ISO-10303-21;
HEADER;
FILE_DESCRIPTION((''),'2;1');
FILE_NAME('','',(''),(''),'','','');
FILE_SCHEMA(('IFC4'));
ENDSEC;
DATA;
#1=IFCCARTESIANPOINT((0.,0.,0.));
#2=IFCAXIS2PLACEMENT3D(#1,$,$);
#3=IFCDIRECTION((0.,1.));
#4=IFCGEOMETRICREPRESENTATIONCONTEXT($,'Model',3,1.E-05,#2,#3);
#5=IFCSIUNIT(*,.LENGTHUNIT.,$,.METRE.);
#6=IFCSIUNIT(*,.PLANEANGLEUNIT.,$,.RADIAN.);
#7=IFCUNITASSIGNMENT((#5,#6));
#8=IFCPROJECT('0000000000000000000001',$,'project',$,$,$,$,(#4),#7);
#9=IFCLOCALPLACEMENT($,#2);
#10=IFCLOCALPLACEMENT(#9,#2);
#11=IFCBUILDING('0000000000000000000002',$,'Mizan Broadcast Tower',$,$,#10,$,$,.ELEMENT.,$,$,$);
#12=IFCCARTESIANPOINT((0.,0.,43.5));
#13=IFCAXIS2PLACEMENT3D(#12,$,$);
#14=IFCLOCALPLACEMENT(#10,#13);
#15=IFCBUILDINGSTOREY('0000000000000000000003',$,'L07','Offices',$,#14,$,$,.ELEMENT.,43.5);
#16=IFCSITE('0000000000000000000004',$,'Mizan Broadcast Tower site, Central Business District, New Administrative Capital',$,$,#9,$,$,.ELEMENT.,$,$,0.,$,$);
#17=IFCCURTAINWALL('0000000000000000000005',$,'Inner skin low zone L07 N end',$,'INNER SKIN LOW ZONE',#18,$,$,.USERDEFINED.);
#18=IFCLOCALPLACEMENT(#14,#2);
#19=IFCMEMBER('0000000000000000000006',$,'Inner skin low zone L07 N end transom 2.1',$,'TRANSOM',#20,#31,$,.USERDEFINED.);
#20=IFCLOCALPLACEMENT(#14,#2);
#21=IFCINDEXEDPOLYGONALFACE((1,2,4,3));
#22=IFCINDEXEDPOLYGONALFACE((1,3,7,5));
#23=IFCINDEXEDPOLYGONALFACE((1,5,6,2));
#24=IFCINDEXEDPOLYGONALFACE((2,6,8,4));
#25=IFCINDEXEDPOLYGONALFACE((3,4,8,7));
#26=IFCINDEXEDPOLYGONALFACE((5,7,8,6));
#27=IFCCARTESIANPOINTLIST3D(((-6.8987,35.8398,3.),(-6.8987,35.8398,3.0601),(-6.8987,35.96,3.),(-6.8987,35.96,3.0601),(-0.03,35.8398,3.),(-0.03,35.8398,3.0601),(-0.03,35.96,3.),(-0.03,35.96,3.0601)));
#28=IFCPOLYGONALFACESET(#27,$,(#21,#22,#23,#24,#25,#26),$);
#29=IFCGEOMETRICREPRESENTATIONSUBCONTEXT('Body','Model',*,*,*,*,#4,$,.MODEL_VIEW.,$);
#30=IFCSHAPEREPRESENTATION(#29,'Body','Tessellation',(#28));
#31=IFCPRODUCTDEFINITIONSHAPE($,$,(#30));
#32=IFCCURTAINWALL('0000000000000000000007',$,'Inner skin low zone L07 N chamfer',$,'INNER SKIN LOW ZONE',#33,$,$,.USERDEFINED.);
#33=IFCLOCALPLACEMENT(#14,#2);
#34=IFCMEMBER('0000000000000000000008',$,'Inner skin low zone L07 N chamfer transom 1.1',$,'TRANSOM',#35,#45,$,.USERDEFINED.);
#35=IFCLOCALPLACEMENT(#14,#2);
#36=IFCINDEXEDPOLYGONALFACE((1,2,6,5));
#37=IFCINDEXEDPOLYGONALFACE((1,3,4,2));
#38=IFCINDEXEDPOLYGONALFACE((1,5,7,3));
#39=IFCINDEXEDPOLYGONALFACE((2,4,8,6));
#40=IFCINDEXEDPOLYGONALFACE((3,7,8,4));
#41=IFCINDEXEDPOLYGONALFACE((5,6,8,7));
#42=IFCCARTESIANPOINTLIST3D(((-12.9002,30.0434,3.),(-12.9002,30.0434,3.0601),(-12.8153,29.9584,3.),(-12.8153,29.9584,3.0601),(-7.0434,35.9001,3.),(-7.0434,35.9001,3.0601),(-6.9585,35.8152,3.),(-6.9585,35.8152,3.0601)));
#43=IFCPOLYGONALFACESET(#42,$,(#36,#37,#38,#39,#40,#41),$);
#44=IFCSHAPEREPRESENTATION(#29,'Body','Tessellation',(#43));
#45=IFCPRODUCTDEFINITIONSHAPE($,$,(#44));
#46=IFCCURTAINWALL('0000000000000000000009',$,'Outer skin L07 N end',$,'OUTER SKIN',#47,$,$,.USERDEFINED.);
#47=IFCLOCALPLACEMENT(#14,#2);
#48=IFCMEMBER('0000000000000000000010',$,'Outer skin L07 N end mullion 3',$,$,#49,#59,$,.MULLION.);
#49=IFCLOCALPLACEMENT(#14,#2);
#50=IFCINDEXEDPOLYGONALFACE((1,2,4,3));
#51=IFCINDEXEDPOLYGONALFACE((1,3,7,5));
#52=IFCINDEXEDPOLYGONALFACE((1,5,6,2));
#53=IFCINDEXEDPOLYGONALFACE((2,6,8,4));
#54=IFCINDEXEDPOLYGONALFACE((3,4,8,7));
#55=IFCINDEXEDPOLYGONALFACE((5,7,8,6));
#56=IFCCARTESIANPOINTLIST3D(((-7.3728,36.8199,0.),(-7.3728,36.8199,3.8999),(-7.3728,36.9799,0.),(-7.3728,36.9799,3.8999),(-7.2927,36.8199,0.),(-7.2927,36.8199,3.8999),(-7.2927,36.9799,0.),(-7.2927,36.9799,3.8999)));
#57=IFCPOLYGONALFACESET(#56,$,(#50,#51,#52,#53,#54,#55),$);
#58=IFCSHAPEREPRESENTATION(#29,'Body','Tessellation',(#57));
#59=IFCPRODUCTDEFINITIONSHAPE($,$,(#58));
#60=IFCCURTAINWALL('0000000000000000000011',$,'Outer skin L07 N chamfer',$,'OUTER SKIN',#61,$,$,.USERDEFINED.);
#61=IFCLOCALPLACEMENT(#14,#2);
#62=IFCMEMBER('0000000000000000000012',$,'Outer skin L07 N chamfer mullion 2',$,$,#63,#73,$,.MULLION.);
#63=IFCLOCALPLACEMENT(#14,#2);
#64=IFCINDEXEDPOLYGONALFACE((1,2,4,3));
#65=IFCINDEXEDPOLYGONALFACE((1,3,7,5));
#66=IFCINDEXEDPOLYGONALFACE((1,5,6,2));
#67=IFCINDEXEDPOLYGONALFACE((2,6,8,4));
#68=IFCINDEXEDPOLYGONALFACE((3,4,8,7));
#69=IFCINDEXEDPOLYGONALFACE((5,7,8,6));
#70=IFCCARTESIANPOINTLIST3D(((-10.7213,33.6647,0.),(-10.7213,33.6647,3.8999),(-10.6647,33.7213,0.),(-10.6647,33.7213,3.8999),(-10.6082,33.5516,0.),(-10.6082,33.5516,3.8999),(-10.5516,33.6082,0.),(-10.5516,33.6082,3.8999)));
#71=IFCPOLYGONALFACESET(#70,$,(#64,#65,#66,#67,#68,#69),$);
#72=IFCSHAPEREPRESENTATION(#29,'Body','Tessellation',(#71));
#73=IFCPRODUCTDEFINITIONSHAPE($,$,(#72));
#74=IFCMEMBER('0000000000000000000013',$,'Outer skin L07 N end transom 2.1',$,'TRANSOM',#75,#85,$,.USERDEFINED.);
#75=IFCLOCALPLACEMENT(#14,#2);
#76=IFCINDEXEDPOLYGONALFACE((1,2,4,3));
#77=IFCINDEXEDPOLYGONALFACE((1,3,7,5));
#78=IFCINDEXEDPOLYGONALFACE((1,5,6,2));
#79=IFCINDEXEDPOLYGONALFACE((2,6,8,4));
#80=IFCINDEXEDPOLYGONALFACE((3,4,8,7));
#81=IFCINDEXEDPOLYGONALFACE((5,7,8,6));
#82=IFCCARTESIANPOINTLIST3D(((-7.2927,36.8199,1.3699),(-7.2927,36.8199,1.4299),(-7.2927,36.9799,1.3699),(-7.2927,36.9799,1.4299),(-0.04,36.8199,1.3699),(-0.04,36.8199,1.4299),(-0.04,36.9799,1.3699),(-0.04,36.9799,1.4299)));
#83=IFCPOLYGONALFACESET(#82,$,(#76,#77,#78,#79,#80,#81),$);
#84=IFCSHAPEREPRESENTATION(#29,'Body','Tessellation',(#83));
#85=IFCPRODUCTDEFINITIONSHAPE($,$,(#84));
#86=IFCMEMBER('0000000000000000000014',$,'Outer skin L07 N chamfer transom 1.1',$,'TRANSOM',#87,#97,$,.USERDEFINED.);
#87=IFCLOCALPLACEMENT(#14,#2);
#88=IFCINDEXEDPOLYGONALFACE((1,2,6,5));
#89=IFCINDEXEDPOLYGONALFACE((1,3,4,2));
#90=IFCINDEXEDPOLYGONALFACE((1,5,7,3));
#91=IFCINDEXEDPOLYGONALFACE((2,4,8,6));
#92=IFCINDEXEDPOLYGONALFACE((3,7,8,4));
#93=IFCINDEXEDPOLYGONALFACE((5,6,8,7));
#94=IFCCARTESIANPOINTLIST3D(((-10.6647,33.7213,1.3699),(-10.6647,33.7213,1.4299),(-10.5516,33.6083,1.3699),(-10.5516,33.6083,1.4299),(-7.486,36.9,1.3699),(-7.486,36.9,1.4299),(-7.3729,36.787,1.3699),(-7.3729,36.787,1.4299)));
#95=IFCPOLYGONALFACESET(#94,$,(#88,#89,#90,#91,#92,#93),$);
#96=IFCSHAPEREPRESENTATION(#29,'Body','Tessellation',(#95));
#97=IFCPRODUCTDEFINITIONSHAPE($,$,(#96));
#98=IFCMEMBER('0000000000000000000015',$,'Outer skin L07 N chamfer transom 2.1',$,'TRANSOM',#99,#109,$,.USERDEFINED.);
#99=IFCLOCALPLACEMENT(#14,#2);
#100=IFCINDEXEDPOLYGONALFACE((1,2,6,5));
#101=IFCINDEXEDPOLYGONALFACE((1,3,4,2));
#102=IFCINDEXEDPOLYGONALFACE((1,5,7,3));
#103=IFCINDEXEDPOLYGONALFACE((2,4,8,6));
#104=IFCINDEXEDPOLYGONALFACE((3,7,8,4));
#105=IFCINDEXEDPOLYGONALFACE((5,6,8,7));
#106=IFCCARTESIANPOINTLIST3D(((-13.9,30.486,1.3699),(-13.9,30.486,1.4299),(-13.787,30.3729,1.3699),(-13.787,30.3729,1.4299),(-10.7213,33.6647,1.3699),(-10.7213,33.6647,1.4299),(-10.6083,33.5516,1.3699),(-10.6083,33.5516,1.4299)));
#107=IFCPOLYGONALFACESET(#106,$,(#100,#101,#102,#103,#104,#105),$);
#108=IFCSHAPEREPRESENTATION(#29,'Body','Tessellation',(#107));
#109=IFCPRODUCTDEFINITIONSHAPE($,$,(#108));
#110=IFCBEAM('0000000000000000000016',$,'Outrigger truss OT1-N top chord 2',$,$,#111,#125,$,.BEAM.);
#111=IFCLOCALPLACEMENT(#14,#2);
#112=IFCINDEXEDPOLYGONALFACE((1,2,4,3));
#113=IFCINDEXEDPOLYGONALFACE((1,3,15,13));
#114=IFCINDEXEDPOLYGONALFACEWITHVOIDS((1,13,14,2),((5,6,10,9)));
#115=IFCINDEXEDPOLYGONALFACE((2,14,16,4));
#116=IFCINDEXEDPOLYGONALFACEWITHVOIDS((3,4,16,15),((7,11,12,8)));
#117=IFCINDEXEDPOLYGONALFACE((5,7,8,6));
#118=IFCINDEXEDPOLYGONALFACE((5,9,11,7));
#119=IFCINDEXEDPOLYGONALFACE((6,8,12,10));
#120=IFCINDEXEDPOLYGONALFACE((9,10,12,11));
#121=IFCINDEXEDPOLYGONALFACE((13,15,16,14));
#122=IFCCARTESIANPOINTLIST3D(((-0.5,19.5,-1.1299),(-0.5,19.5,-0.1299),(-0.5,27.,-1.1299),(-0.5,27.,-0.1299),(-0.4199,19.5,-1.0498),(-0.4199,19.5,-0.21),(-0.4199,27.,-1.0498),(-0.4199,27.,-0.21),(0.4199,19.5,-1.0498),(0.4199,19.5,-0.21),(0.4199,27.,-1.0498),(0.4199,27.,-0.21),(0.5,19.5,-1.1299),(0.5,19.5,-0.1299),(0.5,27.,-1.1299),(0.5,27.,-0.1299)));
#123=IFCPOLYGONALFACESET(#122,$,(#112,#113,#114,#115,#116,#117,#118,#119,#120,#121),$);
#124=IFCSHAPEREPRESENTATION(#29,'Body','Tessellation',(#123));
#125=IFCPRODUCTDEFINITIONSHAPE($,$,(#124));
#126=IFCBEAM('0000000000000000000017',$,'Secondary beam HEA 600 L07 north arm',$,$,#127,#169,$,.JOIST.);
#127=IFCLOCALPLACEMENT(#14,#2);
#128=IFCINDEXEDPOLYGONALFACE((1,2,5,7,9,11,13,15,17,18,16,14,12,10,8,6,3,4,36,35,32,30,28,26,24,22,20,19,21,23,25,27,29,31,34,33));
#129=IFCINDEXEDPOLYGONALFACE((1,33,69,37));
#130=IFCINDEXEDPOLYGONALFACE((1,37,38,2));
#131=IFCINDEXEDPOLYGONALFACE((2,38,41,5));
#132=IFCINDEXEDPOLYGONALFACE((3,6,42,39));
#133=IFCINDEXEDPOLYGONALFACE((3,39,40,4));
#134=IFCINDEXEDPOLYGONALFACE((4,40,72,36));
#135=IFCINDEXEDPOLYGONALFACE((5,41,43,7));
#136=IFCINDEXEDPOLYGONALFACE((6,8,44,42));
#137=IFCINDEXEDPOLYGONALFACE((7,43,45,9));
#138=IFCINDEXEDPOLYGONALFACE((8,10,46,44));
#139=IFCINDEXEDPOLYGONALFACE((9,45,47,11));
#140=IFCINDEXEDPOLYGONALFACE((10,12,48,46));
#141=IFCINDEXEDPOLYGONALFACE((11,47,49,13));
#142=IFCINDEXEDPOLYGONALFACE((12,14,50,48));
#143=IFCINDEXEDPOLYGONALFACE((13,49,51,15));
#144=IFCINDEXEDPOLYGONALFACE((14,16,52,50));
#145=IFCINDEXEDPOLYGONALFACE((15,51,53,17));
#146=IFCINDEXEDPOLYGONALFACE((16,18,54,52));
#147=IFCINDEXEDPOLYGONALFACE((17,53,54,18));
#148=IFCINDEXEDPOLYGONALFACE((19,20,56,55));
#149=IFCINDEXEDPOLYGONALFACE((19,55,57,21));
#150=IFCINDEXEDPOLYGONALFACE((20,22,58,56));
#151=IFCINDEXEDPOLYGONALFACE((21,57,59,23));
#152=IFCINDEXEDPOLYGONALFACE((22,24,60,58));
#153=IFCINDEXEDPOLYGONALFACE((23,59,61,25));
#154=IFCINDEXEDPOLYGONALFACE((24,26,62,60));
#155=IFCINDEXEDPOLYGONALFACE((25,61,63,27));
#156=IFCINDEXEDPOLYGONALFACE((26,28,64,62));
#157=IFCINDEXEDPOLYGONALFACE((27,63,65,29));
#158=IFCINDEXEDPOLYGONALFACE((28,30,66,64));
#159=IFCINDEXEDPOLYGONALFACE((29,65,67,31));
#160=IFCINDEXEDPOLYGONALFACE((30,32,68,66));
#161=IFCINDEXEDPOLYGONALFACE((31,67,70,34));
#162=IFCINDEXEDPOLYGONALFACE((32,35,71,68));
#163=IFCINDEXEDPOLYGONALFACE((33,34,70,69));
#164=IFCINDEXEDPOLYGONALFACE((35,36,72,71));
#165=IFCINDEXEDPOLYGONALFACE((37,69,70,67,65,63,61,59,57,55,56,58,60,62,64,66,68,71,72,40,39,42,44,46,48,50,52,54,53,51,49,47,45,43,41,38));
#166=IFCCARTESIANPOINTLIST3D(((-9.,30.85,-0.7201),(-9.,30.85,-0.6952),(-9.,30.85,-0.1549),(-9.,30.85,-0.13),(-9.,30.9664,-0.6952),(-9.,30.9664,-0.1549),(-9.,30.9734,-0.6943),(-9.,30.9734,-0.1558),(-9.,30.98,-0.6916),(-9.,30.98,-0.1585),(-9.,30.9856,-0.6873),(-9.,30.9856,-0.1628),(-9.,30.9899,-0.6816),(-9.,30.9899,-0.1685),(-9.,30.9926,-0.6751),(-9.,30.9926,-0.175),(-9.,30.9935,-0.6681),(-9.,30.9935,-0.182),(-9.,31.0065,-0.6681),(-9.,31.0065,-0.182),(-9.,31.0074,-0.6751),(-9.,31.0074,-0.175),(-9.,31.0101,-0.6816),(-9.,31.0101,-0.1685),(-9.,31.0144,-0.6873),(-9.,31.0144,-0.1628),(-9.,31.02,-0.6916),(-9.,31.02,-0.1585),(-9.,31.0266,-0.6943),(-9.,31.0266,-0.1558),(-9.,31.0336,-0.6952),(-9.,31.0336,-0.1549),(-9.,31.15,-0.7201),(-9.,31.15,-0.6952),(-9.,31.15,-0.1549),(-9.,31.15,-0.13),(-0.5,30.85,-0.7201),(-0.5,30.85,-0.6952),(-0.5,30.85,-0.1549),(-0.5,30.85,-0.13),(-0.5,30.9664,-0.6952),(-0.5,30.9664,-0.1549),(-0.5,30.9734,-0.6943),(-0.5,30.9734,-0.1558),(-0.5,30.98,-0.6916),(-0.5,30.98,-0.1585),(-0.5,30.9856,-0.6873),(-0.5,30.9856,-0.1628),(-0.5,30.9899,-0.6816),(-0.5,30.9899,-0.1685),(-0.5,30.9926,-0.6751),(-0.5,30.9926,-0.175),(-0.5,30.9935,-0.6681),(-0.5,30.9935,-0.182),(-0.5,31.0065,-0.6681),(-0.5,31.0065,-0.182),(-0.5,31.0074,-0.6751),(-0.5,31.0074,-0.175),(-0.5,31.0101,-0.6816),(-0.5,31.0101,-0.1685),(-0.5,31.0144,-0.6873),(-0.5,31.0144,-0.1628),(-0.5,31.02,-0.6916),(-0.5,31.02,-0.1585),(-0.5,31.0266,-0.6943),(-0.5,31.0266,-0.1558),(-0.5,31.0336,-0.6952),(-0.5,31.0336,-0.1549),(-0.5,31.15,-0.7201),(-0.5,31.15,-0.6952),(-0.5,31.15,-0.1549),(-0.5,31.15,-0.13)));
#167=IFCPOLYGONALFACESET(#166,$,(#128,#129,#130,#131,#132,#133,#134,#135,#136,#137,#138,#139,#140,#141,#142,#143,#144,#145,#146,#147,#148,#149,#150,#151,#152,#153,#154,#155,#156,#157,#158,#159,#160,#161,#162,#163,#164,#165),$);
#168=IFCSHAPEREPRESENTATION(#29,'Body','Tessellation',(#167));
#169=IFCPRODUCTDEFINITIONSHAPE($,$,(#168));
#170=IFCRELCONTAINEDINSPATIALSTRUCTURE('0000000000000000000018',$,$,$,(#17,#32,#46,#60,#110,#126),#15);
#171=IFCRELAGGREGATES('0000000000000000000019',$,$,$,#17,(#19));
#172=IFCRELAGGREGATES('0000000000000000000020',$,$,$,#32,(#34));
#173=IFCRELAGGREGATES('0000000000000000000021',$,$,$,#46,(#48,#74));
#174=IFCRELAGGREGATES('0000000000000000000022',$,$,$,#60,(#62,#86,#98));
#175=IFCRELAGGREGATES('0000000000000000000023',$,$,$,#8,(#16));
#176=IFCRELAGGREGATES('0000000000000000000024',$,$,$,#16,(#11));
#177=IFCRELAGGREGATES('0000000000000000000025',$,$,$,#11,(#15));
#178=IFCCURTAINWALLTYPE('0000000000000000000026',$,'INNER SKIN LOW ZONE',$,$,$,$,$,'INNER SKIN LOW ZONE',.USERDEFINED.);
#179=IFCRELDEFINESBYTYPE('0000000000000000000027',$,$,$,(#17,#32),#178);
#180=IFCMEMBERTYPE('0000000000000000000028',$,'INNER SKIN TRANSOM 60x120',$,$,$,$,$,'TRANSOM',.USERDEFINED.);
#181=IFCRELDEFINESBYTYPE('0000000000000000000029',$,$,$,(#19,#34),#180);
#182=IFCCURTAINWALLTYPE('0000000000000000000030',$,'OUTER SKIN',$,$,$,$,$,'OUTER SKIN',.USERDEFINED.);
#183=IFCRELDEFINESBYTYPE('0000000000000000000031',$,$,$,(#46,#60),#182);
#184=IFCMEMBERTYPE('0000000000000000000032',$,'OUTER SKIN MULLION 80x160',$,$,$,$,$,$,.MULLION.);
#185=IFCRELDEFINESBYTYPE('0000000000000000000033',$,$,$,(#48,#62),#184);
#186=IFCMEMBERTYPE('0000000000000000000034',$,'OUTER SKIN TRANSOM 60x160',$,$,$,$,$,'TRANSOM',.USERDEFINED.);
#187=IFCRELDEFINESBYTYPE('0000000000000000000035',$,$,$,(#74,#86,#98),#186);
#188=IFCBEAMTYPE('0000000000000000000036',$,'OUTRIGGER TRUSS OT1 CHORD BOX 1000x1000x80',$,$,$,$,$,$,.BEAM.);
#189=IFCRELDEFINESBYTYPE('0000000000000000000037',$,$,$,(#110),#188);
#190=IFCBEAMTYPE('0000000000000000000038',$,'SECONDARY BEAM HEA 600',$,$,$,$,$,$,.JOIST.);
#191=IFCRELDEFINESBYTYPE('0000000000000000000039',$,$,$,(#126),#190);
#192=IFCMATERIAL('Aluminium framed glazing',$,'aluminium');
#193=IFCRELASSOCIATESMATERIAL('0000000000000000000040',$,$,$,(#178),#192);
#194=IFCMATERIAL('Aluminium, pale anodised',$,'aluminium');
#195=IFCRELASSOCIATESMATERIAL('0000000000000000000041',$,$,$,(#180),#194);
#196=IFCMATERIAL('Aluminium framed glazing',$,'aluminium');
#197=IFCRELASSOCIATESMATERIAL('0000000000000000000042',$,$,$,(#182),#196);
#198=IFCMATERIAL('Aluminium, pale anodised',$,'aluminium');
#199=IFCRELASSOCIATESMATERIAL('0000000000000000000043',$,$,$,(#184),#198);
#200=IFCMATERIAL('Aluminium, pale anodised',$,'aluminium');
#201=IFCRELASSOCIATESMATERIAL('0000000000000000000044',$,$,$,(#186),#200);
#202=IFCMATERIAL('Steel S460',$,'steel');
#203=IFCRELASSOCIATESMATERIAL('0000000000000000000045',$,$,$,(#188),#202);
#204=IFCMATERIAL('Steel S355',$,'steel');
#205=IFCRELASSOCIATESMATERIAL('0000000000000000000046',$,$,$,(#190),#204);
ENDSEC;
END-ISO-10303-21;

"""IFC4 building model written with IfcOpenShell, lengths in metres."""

from ifc_helpers import new_model, si_unit, direction, frame, origin, origin_2d, place, context, subcontext, project, spatial, rectangle, hollow_rectangle, i_section, extrude, material, material_profile, profile_set, type_object, element, aggregate, save


model = new_model("IFC4")

# Units and contexts
model_context = context("Model", 3, precision=1e-05, world=origin(), true_north=direction((0.0, 1.0)))
body_context = subcontext(model_context, "Body", "Model", "MODEL_VIEW")
ifc_project = project(units=[si_unit("LENGTHUNIT", "METRE"), si_unit("PLANEANGLEUNIT", "RADIAN")], contexts=[model_context])

# Site, building, storey
site_placement = place(None, origin())
site = spatial("IfcSite", under=ifc_project, at=site_placement, Name="Mizan Broadcast Tower site, Central Business District, New Administrative Capital", CompositionType="ELEMENT", RefElevation=0.0)
building_placement = place(site_placement, origin())
building = spatial("IfcBuilding", under=site, at=building_placement, Name="Mizan Broadcast Tower", CompositionType="ELEMENT")
storey_placement = place(building_placement, frame((0.0, 0.0, 43.5)))
storey = spatial("IfcBuildingStorey", under=building, at=storey_placement, Name="L07", Description="Offices", CompositionType="ELEMENT", Elevation=43.5)

# Curtain wall, member
ifc_material_1 = material(Name="Aluminium framed glazing", Category="aluminium")
curtain_wall_type_1 = type_object("IfcCurtainWallType", Name="INNER SKIN LOW ZONE", ElementType="INNER SKIN LOW ZONE", PredefinedType="USERDEFINED", material=ifc_material_1)
curtain_wall_1_placement = place(storey_placement, origin())
curtain_wall_1 = element("IfcCurtainWall", 1, at=curtain_wall_1_placement, inside=storey, type_object=curtain_wall_type_1, Name="Inner skin low zone L07 N end", ObjectType="INNER SKIN LOW ZONE", PredefinedType="USERDEFINED")
ifc_material_2 = material(Name="Aluminium, pale anodised", Category="aluminium")
ifc_material_profile_1 = material_profile(ifc_material_2, rectangle(XDim=0.1201, YDim=0.0601, at=origin_2d()), Name="TRANSOM 120x60")
ifc_profile_set_1 = profile_set([ifc_material_profile_1], Name="Aluminium, pale anodised")
member_type_1 = type_object("IfcMemberType", Name="INNER SKIN TRANSOM 60x120", ElementType="TRANSOM", PredefinedType="USERDEFINED", material=ifc_profile_set_1)
member_1_placement = place(storey_placement, frame((-0.03, 35.8999, 3.03), z_axis=(-1.0, 0.0, 0.0), x_axis=(0.0, -1.0, 0.0)))
member_1 = element("IfcMember", 2, at=member_1_placement, type_object=member_type_1, Name="Inner skin low zone L07 N end transom 2.1", ObjectType="TRANSOM", PredefinedType="USERDEFINED", context=body_context, shape_type="SweptSolid", body=[
    extrude(rectangle(XDim=0.1201, YDim=0.0601, at=origin_2d()), origin(), (0.0, 0.0, 1.0), 6.8687),
])

# Curtain walls, members
curtain_wall_2_placement = place(storey_placement, origin())
curtain_wall_2 = element("IfcCurtainWall", 3, at=curtain_wall_2_placement, inside=storey, type_object=curtain_wall_type_1, Name="Inner skin low zone L07 N chamfer", ObjectType="INNER SKIN LOW ZONE", PredefinedType="USERDEFINED")
member_2_placement = place(storey_placement, frame((-7.001, 35.8577, 3.03), z_axis=(-0.707107, -0.707107, 0.0), x_axis=(0.707107, -0.707107, 0.0)))
member_2 = element("IfcMember", 4, at=member_2_placement, type_object=member_type_1, Name="Inner skin low zone L07 N chamfer transom 1.1", ObjectType="TRANSOM", PredefinedType="USERDEFINED", context=body_context, shape_type="SweptSolid", body=[
    extrude(rectangle(XDim=0.1201, YDim=0.0601, at=origin_2d()), origin(), (0.0, 0.0, 1.0), 8.2827),
])
ifc_material_3 = material(Name="Aluminium framed glazing", Category="aluminium")
curtain_wall_type_2 = type_object("IfcCurtainWallType", Name="OUTER SKIN", ElementType="OUTER SKIN", PredefinedType="USERDEFINED", material=ifc_material_3)
curtain_wall_3_placement = place(storey_placement, origin())
curtain_wall_3 = element("IfcCurtainWall", 5, at=curtain_wall_3_placement, inside=storey, type_object=curtain_wall_type_2, Name="Outer skin L07 N end", ObjectType="OUTER SKIN", PredefinedType="USERDEFINED")
ifc_material_4 = material(Name="Aluminium, pale anodised", Category="aluminium")
ifc_material_profile_2 = material_profile(ifc_material_4, rectangle(XDim=0.1599, YDim=0.0801, at=origin_2d()), Name="MULLION 160x80")
ifc_profile_set_2 = profile_set([ifc_material_profile_2], Name="Aluminium, pale anodised")
member_type_2 = type_object("IfcMemberType", Name="OUTER SKIN MULLION 80x160", PredefinedType="MULLION", material=ifc_profile_set_2)
member_3_placement = place(storey_placement, frame((-7.3328, 36.8999, 0.0), z_axis=(0.0, 0.0, 1.0), x_axis=(0.0, -1.0, 0.0)))
member_3 = element("IfcMember", 6, at=member_3_placement, type_object=member_type_2, Name="Outer skin L07 N end mullion 3", PredefinedType="MULLION", context=body_context, shape_type="SweptSolid", body=[
    extrude(rectangle(XDim=0.1599, YDim=0.0801, at=origin_2d()), origin(), (0.0, 0.0, 1.0), 3.8999),
])
curtain_wall_4_placement = place(storey_placement, origin())
curtain_wall_4 = element("IfcCurtainWall", 7, at=curtain_wall_4_placement, inside=storey, type_object=curtain_wall_type_2, Name="Outer skin L07 N chamfer", ObjectType="OUTER SKIN", PredefinedType="USERDEFINED")
member_4_placement = place(storey_placement, frame((-10.6365, 33.6365, 0.0), z_axis=(0.0, 0.0, 1.0), x_axis=(0.707107, -0.707107, 0.0)))
member_4 = element("IfcMember", 8, at=member_4_placement, type_object=member_type_2, Name="Outer skin L07 N chamfer mullion 2", PredefinedType="MULLION", context=body_context, shape_type="SweptSolid", body=[
    extrude(rectangle(XDim=0.1599, YDim=0.0801, at=origin_2d()), origin(), (0.0, 0.0, 1.0), 3.8999),
])

# Members
ifc_material_5 = material(Name="Aluminium, pale anodised", Category="aluminium")
ifc_material_profile_3 = material_profile(ifc_material_5, rectangle(XDim=0.1599, YDim=0.0601, at=origin_2d()), Name="TRANSOM 160x60")
ifc_profile_set_3 = profile_set([ifc_material_profile_3], Name="Aluminium, pale anodised")
member_type_3 = type_object("IfcMemberType", Name="OUTER SKIN TRANSOM 60x160", ElementType="TRANSOM", PredefinedType="USERDEFINED", material=ifc_profile_set_3)
member_5_placement = place(storey_placement, frame((-0.04, 36.8999, 1.3999), z_axis=(-1.0, 0.0, 0.0), x_axis=(0.0, -1.0, 0.0)))
member_5 = element("IfcMember", 9, at=member_5_placement, type_object=member_type_3, Name="Outer skin L07 N end transom 2.1", ObjectType="TRANSOM", PredefinedType="USERDEFINED", context=body_context, shape_type="SweptSolid", body=[
    extrude(rectangle(XDim=0.1599, YDim=0.0601, at=origin_2d()), origin(), (0.0, 0.0, 1.0), 7.2527),
])
member_6_placement = place(storey_placement, frame((-7.4294, 36.8435, 1.3999), z_axis=(-0.707107, -0.707107, 0.0), x_axis=(0.707107, -0.707107, 0.0)))
member_6 = element("IfcMember", 10, at=member_6_placement, type_object=member_type_3, Name="Outer skin L07 N chamfer transom 1.1", ObjectType="TRANSOM", PredefinedType="USERDEFINED", context=body_context, shape_type="SweptSolid", body=[
    extrude(rectangle(XDim=0.1599, YDim=0.0601, at=origin_2d()), origin(), (0.0, 0.0, 1.0), 4.4954),
])
member_7_placement = place(storey_placement, frame((-10.6648, 33.6082, 1.3999), z_axis=(-0.707107, -0.707107, 0.0), x_axis=(0.707107, -0.707107, 0.0)))
member_7 = element("IfcMember", 11, at=member_7_placement, type_object=member_type_3, Name="Outer skin L07 N chamfer transom 2.1", ObjectType="TRANSOM", PredefinedType="USERDEFINED", context=body_context, shape_type="SweptSolid", body=[
    extrude(rectangle(XDim=0.1599, YDim=0.0601, at=origin_2d()), origin(), (0.0, 0.0, 1.0), 4.4954),
])

# Beams
ifc_material_6 = material(Name="Steel S460", Category="steel")
ifc_material_profile_4 = material_profile(ifc_material_6, hollow_rectangle(XDim=1.0, YDim=1.0, WallThickness=0.0801, at=origin_2d()), Name="BOX 1000x1000x80")
ifc_profile_set_4 = profile_set([ifc_material_profile_4], Name="Steel S460")
beam_type_1 = type_object("IfcBeamType", Name="OUTRIGGER TRUSS OT1 CHORD BOX 1000x1000x80", PredefinedType="BEAM", material=ifc_profile_set_4)
beam_1_placement = place(storey_placement, frame((0.0, 19.5, -0.6299), z_axis=(0.0, 1.0, 0.0), x_axis=(-1.0, 0.0, 0.0)))
element("IfcBeam", 12, at=beam_1_placement, inside=storey, type_object=beam_type_1, Name="Outrigger truss OT1-N top chord 2", PredefinedType="BEAM", context=body_context, shape_type="SweptSolid", body=[
    extrude(hollow_rectangle(XDim=1.0, YDim=1.0, WallThickness=0.0801, at=origin_2d()), origin(), (0.0, 0.0, 1.0), 7.5),
])
ifc_material_7 = material(Name="Steel S355", Category="steel")
ifc_material_profile_5 = material_profile(ifc_material_7, i_section(OverallWidth=0.3, OverallDepth=0.5901, WebThickness=0.0129, FlangeThickness=0.0249, FilletRadius=0.0271, at=origin_2d()), Name="HEA 600")
ifc_profile_set_5 = profile_set([ifc_material_profile_5], Name="Steel S355")
beam_type_2 = type_object("IfcBeamType", Name="SECONDARY BEAM HEA 600", PredefinedType="JOIST", material=ifc_profile_set_5)
beam_2_placement = place(storey_placement, frame((-9.0, 31.0, -0.425), z_axis=(1.0, 0.0, 0.0), x_axis=(0.0, 1.0, 0.0)))
element("IfcBeam", 13, at=beam_2_placement, inside=storey, type_object=beam_type_2, Name="Secondary beam HEA 600 L07 north arm", PredefinedType="JOIST", context=body_context, shape_type="SweptSolid", body=[
    extrude(i_section(OverallWidth=0.3, OverallDepth=0.5901, WebThickness=0.0129, FlangeThickness=0.0249, FilletRadius=0.0271, at=origin_2d()), origin(), (0.0, 0.0, 1.0), 8.5),
])

aggregate(curtain_wall_1, [member_1])
aggregate(curtain_wall_2, [member_2])
aggregate(curtain_wall_3, [member_3, member_5])
aggregate(curtain_wall_4, [member_4, member_6, member_7])

save(model, "model.ifc")
